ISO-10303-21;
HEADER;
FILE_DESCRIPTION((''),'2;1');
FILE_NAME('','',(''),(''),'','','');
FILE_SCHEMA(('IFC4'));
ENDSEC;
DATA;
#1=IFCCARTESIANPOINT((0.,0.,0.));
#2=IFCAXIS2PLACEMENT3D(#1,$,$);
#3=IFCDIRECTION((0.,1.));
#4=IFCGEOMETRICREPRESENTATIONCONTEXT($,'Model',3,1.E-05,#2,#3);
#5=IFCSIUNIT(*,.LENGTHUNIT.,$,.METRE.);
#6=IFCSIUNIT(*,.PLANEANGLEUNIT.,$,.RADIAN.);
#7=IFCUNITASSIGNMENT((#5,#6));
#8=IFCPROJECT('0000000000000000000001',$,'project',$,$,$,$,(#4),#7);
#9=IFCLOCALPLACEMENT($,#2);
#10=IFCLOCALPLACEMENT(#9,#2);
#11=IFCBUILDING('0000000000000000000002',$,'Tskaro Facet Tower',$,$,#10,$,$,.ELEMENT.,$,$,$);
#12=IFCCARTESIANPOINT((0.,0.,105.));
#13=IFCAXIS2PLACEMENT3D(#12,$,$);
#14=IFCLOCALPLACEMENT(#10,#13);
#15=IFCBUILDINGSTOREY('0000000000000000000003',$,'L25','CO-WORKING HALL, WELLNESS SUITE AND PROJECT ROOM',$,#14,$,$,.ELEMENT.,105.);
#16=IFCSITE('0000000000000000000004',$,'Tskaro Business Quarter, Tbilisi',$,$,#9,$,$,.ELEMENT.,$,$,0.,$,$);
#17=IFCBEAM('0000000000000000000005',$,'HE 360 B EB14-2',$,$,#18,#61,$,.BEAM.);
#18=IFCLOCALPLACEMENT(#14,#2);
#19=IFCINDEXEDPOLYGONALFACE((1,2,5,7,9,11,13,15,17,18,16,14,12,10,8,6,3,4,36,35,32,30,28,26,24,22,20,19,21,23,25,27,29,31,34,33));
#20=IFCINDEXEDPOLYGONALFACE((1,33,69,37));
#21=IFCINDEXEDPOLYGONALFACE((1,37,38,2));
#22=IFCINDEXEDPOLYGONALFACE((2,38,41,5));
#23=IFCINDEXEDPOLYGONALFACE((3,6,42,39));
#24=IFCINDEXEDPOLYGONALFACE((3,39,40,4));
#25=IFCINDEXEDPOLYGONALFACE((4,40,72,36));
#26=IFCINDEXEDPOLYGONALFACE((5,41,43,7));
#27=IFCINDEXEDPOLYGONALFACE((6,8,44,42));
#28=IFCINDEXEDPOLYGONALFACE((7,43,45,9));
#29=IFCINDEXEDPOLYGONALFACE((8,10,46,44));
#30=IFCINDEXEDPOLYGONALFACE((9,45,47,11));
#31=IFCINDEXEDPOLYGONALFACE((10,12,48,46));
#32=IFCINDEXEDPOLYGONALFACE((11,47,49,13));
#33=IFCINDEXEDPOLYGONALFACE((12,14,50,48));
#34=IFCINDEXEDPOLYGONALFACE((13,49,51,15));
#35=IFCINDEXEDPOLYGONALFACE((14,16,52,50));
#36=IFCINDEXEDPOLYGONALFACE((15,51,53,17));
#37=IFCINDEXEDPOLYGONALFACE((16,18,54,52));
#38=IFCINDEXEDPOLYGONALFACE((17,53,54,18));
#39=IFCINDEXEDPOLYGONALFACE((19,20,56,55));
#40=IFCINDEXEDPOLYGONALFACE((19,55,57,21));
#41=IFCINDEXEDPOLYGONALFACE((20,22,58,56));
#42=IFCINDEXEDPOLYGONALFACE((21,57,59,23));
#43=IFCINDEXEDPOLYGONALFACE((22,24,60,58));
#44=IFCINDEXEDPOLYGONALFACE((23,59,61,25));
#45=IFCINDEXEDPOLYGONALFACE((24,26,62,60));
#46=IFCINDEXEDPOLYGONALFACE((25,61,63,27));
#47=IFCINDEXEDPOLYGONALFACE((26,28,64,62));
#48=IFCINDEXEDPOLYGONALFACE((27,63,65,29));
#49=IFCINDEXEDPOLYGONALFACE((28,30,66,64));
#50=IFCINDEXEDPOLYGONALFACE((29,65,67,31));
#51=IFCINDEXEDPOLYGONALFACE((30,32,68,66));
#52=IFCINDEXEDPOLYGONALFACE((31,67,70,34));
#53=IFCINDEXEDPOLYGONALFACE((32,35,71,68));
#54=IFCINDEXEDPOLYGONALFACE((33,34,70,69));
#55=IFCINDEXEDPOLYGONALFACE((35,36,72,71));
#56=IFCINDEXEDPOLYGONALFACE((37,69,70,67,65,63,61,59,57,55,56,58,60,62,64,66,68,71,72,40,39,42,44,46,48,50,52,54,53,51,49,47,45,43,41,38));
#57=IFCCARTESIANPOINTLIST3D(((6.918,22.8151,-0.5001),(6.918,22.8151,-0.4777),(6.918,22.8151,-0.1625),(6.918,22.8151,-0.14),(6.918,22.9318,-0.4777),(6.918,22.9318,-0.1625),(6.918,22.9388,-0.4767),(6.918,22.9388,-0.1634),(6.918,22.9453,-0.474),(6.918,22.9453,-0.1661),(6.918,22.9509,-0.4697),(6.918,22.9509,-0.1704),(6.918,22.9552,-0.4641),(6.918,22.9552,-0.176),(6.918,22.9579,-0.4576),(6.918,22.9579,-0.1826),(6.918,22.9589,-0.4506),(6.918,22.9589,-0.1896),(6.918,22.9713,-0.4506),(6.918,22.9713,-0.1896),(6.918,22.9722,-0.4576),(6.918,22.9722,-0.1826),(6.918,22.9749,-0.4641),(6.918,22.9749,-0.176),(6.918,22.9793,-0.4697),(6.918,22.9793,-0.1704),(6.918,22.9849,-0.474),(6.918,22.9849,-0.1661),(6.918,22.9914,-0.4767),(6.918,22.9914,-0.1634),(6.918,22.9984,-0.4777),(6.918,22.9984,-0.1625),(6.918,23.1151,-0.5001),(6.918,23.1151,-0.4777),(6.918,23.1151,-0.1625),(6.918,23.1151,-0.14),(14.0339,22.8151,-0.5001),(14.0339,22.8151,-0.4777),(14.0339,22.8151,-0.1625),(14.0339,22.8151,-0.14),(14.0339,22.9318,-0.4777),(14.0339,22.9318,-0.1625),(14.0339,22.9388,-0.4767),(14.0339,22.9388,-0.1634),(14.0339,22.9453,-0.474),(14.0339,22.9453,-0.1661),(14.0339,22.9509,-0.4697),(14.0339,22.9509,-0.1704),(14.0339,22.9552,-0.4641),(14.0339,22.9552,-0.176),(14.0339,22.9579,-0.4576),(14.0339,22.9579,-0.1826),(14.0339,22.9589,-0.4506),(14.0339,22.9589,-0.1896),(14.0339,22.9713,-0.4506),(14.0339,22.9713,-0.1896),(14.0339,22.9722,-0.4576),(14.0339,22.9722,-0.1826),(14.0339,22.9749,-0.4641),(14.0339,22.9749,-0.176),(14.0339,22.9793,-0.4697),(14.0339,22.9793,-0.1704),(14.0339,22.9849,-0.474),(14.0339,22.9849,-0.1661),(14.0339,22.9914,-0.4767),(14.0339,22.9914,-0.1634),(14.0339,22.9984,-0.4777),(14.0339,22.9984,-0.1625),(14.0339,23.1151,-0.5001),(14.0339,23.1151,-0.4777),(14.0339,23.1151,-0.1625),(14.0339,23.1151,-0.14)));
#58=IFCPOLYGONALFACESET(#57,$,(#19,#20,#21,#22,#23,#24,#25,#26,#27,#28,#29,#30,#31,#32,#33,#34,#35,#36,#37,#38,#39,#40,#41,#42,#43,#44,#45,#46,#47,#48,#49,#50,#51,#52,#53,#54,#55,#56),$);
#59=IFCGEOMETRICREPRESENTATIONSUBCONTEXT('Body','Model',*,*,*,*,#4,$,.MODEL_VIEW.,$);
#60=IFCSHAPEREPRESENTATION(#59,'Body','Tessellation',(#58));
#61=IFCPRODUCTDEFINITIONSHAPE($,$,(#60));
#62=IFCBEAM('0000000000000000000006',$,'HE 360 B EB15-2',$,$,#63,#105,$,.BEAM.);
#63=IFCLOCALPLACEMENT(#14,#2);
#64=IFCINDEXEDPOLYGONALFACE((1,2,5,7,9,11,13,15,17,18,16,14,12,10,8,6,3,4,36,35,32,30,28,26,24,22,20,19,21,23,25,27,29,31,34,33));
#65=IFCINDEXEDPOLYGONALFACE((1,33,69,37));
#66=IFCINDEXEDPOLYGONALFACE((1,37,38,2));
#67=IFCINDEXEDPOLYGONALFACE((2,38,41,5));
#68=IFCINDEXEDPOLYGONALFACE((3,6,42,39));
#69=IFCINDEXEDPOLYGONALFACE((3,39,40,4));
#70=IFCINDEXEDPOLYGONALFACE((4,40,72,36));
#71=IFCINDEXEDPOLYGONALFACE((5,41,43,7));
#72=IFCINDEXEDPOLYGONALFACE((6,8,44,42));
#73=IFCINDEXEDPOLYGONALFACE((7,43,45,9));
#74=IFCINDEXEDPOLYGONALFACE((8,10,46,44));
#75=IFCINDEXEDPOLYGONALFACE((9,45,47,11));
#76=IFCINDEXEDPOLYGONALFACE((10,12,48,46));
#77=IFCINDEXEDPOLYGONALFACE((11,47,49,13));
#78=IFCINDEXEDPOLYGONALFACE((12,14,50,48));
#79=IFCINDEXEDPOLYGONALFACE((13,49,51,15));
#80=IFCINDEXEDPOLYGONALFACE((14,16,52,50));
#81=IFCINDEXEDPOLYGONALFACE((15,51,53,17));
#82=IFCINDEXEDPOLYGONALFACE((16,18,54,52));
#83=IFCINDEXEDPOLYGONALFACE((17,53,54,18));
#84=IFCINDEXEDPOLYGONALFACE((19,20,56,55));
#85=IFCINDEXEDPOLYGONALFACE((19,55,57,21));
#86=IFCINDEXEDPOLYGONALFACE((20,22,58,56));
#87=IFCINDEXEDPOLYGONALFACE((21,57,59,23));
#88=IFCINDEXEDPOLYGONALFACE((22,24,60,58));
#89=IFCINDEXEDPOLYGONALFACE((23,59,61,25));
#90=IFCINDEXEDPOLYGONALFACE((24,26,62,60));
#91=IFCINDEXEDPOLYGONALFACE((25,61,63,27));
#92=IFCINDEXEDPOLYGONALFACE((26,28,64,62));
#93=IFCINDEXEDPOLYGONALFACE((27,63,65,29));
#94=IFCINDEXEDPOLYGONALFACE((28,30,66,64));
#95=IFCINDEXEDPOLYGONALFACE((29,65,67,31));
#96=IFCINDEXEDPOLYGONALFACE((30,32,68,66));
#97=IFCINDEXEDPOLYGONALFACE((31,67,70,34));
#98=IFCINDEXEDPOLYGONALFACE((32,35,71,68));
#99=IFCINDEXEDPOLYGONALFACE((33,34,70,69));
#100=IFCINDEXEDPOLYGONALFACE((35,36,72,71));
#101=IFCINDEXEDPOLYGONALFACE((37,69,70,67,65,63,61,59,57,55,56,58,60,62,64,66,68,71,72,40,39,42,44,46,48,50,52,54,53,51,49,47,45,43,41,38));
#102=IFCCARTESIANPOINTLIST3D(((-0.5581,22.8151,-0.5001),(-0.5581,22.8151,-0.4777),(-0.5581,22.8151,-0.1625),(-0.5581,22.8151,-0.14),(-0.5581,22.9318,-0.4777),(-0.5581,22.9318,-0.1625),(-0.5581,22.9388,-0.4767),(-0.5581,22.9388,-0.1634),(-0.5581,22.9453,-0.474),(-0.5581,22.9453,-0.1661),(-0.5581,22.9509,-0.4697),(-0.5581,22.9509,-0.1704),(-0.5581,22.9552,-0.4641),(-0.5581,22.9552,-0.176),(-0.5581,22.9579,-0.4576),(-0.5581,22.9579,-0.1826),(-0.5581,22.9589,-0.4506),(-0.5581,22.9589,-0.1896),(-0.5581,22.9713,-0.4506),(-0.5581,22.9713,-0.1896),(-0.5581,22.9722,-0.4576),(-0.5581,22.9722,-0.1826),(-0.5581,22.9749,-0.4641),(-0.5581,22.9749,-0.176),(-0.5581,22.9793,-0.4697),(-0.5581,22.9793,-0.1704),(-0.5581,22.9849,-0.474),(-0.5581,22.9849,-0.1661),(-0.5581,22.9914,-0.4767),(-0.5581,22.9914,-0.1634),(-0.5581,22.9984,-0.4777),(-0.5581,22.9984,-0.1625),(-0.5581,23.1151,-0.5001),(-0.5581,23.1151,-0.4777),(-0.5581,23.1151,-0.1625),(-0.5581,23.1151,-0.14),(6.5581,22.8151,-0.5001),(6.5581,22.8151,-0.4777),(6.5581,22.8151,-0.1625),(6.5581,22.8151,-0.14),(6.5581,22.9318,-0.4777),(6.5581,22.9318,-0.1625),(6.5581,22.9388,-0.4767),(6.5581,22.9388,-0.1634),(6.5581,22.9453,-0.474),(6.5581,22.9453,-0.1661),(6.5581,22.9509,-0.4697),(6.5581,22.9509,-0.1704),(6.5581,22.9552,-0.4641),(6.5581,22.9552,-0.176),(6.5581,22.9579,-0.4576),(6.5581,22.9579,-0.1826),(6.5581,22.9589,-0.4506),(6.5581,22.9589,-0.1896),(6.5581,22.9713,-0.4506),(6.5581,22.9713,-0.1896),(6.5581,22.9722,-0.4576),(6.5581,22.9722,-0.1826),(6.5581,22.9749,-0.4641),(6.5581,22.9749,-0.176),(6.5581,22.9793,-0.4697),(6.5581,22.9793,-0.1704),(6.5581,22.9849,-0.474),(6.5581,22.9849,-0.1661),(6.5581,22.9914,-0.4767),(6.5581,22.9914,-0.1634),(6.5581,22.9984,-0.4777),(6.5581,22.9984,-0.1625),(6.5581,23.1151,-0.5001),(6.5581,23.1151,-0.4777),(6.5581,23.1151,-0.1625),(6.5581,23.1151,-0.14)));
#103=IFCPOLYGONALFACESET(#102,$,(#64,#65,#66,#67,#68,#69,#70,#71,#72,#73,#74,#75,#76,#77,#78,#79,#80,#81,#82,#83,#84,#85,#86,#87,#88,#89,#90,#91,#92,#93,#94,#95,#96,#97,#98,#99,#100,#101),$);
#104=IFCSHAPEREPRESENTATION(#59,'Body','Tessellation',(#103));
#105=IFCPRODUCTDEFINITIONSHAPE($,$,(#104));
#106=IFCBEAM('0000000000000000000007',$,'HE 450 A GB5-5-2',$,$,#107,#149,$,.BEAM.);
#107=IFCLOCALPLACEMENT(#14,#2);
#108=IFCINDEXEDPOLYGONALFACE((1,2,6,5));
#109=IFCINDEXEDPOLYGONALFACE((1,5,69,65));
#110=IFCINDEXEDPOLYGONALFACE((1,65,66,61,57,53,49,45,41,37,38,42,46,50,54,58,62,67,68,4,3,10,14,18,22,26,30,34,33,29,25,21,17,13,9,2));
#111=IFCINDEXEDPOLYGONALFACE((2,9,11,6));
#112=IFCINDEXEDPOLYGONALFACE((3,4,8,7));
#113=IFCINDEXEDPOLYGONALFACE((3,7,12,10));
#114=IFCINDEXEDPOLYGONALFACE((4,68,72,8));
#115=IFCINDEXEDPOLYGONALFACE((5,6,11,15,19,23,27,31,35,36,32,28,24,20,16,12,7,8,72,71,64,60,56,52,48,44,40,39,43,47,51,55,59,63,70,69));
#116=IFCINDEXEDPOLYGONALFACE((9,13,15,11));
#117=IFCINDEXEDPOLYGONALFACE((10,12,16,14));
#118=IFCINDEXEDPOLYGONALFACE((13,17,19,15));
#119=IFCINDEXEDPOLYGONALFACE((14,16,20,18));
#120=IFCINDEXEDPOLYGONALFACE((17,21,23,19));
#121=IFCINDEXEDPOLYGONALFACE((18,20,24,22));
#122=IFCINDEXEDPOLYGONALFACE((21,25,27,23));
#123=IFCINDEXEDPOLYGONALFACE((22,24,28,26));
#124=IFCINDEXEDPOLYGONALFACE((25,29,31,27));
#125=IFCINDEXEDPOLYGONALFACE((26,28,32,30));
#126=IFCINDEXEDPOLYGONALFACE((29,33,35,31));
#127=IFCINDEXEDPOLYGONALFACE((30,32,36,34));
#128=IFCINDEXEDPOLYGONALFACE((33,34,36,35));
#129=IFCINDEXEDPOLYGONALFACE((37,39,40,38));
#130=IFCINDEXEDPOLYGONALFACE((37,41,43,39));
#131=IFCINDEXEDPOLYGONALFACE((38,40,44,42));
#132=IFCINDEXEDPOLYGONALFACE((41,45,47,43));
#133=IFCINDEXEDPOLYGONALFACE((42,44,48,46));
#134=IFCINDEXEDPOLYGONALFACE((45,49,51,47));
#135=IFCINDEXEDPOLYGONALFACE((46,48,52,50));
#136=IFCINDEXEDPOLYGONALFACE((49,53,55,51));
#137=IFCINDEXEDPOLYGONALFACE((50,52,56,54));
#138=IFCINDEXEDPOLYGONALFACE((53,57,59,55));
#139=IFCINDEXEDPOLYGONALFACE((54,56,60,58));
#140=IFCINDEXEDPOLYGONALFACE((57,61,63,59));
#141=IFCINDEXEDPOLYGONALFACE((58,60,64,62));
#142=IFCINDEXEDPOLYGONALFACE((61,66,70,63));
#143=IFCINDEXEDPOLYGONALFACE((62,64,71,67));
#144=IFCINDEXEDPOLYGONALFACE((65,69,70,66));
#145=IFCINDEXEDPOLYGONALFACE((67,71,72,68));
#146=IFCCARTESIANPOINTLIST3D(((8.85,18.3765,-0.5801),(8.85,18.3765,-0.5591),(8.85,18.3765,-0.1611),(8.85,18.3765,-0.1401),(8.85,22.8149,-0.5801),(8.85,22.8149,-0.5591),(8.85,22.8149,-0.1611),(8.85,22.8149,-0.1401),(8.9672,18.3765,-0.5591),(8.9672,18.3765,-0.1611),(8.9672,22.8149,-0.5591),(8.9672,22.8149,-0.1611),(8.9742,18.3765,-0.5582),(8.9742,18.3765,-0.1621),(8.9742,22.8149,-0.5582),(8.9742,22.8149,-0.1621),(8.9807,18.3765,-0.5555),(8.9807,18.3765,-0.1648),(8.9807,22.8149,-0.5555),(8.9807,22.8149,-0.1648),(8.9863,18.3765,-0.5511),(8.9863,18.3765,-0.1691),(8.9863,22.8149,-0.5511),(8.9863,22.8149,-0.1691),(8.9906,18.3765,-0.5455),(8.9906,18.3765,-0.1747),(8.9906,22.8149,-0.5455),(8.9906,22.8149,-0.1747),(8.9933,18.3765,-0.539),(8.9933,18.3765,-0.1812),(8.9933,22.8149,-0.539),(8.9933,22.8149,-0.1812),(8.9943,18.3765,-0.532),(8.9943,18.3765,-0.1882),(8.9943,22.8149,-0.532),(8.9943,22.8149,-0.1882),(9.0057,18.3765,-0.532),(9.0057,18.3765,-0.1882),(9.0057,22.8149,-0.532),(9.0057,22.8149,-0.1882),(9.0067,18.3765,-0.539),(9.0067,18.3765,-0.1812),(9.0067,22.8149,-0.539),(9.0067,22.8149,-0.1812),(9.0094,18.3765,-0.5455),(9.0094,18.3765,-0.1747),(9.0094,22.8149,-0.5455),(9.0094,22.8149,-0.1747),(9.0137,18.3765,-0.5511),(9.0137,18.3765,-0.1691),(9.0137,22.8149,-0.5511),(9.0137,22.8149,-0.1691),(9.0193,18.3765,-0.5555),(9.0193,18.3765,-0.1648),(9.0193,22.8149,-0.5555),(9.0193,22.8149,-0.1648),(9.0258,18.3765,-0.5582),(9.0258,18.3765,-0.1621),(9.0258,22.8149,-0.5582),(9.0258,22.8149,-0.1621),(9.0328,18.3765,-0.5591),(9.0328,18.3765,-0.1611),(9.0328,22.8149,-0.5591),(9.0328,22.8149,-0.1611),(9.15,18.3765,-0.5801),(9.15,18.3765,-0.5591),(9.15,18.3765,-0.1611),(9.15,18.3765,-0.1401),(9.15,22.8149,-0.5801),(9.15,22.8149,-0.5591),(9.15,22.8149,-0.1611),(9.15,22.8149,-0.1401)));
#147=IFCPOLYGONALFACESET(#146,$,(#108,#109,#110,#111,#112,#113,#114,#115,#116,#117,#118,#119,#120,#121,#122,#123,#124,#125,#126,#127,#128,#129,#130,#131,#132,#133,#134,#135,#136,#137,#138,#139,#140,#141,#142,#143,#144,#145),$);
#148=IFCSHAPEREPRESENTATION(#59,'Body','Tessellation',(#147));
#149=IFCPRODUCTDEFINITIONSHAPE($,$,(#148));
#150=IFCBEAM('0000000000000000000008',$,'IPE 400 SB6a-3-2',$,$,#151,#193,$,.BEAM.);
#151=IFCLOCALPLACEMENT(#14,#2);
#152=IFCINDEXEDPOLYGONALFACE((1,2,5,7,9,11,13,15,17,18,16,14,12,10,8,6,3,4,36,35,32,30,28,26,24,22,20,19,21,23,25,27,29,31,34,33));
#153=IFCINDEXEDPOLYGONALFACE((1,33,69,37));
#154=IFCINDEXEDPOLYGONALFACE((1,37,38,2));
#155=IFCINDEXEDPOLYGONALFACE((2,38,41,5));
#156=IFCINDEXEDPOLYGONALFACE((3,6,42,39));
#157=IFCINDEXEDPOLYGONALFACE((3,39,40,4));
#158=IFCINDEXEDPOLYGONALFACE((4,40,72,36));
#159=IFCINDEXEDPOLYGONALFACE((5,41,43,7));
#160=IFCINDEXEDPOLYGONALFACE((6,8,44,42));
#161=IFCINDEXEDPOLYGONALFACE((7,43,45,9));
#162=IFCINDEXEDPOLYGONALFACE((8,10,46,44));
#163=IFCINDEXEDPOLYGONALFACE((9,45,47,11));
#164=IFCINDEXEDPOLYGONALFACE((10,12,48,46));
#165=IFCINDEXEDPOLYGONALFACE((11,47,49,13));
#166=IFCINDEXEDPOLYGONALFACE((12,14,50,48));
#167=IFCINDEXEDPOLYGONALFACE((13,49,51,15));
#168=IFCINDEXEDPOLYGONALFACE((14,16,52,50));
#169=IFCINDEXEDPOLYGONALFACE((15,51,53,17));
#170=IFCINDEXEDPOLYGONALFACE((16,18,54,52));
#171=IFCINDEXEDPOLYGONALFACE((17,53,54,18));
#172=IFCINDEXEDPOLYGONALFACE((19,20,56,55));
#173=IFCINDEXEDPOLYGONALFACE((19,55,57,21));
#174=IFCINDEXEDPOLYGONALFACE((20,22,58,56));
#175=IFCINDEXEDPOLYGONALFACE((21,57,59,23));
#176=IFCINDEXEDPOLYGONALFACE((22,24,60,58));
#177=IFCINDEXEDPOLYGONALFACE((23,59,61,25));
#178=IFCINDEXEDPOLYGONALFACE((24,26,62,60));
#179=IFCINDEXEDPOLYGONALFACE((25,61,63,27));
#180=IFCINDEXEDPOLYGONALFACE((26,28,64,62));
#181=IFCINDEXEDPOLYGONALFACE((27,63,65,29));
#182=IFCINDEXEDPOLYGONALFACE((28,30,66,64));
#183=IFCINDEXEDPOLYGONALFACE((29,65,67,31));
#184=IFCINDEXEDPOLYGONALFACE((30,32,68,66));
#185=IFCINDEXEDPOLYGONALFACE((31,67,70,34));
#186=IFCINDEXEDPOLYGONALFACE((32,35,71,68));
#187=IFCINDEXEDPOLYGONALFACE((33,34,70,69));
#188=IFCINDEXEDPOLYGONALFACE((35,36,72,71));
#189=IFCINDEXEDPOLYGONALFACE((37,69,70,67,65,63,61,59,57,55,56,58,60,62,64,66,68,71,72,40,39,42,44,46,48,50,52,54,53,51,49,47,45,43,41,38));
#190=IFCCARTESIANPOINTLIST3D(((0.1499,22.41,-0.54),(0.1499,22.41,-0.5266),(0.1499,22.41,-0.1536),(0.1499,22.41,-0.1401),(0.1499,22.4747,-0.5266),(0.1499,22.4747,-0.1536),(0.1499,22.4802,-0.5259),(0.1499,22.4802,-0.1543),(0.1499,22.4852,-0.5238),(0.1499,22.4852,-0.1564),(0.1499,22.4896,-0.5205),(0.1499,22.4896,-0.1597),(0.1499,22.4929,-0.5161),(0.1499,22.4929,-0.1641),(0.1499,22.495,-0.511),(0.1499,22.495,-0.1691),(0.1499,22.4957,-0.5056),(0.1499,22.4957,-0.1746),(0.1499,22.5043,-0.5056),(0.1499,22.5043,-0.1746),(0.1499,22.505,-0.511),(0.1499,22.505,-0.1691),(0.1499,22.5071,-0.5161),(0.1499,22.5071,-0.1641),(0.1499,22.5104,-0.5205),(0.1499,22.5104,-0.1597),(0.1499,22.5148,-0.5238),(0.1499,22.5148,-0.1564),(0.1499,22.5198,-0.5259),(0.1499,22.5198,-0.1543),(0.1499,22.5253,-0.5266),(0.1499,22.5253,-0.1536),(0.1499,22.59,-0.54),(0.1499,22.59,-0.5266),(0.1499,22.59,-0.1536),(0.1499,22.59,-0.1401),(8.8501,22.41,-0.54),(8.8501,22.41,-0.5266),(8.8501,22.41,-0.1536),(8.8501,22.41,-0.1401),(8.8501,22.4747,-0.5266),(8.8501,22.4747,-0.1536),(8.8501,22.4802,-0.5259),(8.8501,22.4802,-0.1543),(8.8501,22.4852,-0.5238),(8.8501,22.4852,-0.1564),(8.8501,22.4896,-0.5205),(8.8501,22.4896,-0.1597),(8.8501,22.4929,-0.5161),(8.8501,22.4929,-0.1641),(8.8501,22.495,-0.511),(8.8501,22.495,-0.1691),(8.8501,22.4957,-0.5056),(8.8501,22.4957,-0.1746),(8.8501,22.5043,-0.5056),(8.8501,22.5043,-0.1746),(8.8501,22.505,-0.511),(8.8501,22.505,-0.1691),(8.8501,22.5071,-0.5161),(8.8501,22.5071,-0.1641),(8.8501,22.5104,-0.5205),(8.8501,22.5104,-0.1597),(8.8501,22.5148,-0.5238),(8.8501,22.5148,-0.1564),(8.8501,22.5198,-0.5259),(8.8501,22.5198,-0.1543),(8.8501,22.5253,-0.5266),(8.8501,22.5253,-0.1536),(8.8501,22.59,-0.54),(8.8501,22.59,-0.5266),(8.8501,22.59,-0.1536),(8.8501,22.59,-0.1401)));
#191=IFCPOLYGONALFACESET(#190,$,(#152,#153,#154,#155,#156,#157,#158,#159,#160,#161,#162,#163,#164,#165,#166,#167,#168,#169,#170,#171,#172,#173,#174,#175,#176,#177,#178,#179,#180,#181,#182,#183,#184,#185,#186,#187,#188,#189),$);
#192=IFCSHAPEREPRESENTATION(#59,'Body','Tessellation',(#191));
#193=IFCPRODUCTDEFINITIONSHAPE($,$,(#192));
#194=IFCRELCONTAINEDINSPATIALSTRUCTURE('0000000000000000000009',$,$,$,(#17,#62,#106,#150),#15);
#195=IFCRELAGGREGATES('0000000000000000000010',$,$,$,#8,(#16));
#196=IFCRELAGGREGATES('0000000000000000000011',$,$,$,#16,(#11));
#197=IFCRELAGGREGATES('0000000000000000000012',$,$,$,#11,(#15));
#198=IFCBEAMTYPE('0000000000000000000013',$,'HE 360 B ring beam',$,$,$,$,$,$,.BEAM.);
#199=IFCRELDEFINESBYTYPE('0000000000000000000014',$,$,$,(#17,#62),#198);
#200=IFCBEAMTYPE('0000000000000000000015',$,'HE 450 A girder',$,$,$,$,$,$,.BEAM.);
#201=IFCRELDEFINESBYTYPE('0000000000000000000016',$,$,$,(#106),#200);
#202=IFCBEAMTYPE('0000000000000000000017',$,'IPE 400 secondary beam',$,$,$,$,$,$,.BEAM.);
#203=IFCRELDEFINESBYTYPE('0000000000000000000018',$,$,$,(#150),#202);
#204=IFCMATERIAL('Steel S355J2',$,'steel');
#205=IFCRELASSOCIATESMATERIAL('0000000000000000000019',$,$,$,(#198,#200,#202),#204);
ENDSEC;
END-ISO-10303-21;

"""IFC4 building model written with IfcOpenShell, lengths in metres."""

from ifc_helpers import new_model, si_unit, direction, frame, origin, origin_2d, place, context, subcontext, project, spatial, i_section, extrude, material, material_profile, profile_set, type_object, element, save


model = new_model("IFC4")

# Units and contexts
model_context = context("Model", 3, precision=1e-05, world=origin(), true_north=direction((0.0, 1.0)))
body_context = subcontext(model_context, "Body", "Model", "MODEL_VIEW")
ifc_project = project(units=[si_unit("LENGTHUNIT", "METRE"), si_unit("PLANEANGLEUNIT", "RADIAN")], contexts=[model_context])

# Site, building, storey
site_placement = place(None, origin())
site = spatial("IfcSite", under=ifc_project, at=site_placement, Name="Tskaro Business Quarter, Tbilisi", CompositionType="ELEMENT", RefElevation=0.0)
building_placement = place(site_placement, origin())
building = spatial("IfcBuilding", under=site, at=building_placement, Name="Tskaro Facet Tower", CompositionType="ELEMENT")
storey_placement = place(building_placement, frame((0.0, 0.0, 105.0)))
storey = spatial("IfcBuildingStorey", under=building, at=storey_placement, Name="L25", Description="CO-WORKING HALL, WELLNESS SUITE AND PROJECT ROOM", CompositionType="ELEMENT", Elevation=105.0)

# Beams
ifc_material_1 = material(Name="Steel S355J2", Category="steel")
ifc_material_profile_1 = material_profile(ifc_material_1, i_section(OverallWidth=0.3, OverallDepth=0.3601, WebThickness=0.0125, FlangeThickness=0.0225, FilletRadius=0.0271, at=origin_2d()), Name="HE 360 B")
ifc_profile_set_1 = profile_set([ifc_material_profile_1], Name="Steel S355J2")
beam_type_1 = type_object("IfcBeamType", Name="HE 360 B ring beam", PredefinedType="BEAM", material=ifc_profile_set_1)
beam_1_placement = place(storey_placement, frame((14.0339, 22.9651, -0.3201), z_axis=(-1.0, 0.0, 0.0), x_axis=(0.0, -1.0, 0.0)))
element("IfcBeam", 1, at=beam_1_placement, inside=storey, type_object=beam_type_1, Name="HE 360 B EB14-2", PredefinedType="BEAM", context=body_context, shape_type="SweptSolid", body=[
    extrude(i_section(OverallWidth=0.3, OverallDepth=0.3601, WebThickness=0.0125, FlangeThickness=0.0225, FilletRadius=0.0271, at=origin_2d()), origin(), (0.0, 0.0, 1.0), 7.116),
])
beam_2_placement = place(storey_placement, frame((6.5581, 22.9651, -0.3201), z_axis=(-1.0, 0.0, 0.0), x_axis=(0.0, -1.0, 0.0)))
element("IfcBeam", 2, at=beam_2_placement, inside=storey, type_object=beam_type_1, Name="HE 360 B EB15-2", PredefinedType="BEAM", context=body_context, shape_type="SweptSolid", body=[
    extrude(i_section(OverallWidth=0.3, OverallDepth=0.3601, WebThickness=0.0125, FlangeThickness=0.0225, FilletRadius=0.0271, at=origin_2d()), origin(), (0.0, 0.0, 1.0), 7.1162),
])
ifc_material_profile_2 = material_profile(ifc_material_1, i_section(OverallWidth=0.3, OverallDepth=0.4399, WebThickness=0.0115, FlangeThickness=0.021, FilletRadius=0.0271, at=origin_2d()), Name="HE 450 A")
ifc_profile_set_2 = profile_set([ifc_material_profile_2], Name="Steel S355J2")
beam_type_2 = type_object("IfcBeamType", Name="HE 450 A girder", PredefinedType="BEAM", material=ifc_profile_set_2)
beam_3_placement = place(storey_placement, frame((9.0, 18.3765, -0.3601), z_axis=(0.0, 1.0, 0.0), x_axis=(-1.0, 0.0, 0.0)))
element("IfcBeam", 3, at=beam_3_placement, inside=storey, type_object=beam_type_2, Name="HE 450 A GB5-5-2", PredefinedType="BEAM", context=body_context, shape_type="SweptSolid", body=[
    extrude(i_section(OverallWidth=0.3, OverallDepth=0.4399, WebThickness=0.0115, FlangeThickness=0.021, FilletRadius=0.0271, at=origin_2d()), origin(), (0.0, 0.0, 1.0), 4.4385),
])
ifc_material_profile_3 = material_profile(ifc_material_1, i_section(OverallWidth=0.1799, OverallDepth=0.3999, WebThickness=0.0085, FlangeThickness=0.0134, FilletRadius=0.021, at=origin_2d()), Name="IPE 400")
ifc_profile_set_3 = profile_set([ifc_material_profile_3], Name="Steel S355J2")
beam_type_3 = type_object("IfcBeamType", Name="IPE 400 secondary beam", PredefinedType="BEAM", material=ifc_profile_set_3)
for number, where, z_axis, x_axis, name in (
    (4, (0.1499, 22.5, -0.3401), (1.0, 0.0, 0.0), (0.0, 1.0, 0.0), "IPE 400 SB6a-3-2"),
):
    element("IfcBeam", number, at=place(storey_placement, frame(where, z_axis=z_axis, x_axis=x_axis)), inside=storey, type_object=beam_type_3, Name=name, PredefinedType="BEAM", context=body_context, shape_type="SweptSolid", body=[
        extrude(i_section(OverallWidth=0.1799, OverallDepth=0.3999, WebThickness=0.0085, FlangeThickness=0.0134, FilletRadius=0.021, at=origin_2d()), origin(), (0.0, 0.0, 1.0), 8.7002),
    ])

save(model, "model.ifc")
